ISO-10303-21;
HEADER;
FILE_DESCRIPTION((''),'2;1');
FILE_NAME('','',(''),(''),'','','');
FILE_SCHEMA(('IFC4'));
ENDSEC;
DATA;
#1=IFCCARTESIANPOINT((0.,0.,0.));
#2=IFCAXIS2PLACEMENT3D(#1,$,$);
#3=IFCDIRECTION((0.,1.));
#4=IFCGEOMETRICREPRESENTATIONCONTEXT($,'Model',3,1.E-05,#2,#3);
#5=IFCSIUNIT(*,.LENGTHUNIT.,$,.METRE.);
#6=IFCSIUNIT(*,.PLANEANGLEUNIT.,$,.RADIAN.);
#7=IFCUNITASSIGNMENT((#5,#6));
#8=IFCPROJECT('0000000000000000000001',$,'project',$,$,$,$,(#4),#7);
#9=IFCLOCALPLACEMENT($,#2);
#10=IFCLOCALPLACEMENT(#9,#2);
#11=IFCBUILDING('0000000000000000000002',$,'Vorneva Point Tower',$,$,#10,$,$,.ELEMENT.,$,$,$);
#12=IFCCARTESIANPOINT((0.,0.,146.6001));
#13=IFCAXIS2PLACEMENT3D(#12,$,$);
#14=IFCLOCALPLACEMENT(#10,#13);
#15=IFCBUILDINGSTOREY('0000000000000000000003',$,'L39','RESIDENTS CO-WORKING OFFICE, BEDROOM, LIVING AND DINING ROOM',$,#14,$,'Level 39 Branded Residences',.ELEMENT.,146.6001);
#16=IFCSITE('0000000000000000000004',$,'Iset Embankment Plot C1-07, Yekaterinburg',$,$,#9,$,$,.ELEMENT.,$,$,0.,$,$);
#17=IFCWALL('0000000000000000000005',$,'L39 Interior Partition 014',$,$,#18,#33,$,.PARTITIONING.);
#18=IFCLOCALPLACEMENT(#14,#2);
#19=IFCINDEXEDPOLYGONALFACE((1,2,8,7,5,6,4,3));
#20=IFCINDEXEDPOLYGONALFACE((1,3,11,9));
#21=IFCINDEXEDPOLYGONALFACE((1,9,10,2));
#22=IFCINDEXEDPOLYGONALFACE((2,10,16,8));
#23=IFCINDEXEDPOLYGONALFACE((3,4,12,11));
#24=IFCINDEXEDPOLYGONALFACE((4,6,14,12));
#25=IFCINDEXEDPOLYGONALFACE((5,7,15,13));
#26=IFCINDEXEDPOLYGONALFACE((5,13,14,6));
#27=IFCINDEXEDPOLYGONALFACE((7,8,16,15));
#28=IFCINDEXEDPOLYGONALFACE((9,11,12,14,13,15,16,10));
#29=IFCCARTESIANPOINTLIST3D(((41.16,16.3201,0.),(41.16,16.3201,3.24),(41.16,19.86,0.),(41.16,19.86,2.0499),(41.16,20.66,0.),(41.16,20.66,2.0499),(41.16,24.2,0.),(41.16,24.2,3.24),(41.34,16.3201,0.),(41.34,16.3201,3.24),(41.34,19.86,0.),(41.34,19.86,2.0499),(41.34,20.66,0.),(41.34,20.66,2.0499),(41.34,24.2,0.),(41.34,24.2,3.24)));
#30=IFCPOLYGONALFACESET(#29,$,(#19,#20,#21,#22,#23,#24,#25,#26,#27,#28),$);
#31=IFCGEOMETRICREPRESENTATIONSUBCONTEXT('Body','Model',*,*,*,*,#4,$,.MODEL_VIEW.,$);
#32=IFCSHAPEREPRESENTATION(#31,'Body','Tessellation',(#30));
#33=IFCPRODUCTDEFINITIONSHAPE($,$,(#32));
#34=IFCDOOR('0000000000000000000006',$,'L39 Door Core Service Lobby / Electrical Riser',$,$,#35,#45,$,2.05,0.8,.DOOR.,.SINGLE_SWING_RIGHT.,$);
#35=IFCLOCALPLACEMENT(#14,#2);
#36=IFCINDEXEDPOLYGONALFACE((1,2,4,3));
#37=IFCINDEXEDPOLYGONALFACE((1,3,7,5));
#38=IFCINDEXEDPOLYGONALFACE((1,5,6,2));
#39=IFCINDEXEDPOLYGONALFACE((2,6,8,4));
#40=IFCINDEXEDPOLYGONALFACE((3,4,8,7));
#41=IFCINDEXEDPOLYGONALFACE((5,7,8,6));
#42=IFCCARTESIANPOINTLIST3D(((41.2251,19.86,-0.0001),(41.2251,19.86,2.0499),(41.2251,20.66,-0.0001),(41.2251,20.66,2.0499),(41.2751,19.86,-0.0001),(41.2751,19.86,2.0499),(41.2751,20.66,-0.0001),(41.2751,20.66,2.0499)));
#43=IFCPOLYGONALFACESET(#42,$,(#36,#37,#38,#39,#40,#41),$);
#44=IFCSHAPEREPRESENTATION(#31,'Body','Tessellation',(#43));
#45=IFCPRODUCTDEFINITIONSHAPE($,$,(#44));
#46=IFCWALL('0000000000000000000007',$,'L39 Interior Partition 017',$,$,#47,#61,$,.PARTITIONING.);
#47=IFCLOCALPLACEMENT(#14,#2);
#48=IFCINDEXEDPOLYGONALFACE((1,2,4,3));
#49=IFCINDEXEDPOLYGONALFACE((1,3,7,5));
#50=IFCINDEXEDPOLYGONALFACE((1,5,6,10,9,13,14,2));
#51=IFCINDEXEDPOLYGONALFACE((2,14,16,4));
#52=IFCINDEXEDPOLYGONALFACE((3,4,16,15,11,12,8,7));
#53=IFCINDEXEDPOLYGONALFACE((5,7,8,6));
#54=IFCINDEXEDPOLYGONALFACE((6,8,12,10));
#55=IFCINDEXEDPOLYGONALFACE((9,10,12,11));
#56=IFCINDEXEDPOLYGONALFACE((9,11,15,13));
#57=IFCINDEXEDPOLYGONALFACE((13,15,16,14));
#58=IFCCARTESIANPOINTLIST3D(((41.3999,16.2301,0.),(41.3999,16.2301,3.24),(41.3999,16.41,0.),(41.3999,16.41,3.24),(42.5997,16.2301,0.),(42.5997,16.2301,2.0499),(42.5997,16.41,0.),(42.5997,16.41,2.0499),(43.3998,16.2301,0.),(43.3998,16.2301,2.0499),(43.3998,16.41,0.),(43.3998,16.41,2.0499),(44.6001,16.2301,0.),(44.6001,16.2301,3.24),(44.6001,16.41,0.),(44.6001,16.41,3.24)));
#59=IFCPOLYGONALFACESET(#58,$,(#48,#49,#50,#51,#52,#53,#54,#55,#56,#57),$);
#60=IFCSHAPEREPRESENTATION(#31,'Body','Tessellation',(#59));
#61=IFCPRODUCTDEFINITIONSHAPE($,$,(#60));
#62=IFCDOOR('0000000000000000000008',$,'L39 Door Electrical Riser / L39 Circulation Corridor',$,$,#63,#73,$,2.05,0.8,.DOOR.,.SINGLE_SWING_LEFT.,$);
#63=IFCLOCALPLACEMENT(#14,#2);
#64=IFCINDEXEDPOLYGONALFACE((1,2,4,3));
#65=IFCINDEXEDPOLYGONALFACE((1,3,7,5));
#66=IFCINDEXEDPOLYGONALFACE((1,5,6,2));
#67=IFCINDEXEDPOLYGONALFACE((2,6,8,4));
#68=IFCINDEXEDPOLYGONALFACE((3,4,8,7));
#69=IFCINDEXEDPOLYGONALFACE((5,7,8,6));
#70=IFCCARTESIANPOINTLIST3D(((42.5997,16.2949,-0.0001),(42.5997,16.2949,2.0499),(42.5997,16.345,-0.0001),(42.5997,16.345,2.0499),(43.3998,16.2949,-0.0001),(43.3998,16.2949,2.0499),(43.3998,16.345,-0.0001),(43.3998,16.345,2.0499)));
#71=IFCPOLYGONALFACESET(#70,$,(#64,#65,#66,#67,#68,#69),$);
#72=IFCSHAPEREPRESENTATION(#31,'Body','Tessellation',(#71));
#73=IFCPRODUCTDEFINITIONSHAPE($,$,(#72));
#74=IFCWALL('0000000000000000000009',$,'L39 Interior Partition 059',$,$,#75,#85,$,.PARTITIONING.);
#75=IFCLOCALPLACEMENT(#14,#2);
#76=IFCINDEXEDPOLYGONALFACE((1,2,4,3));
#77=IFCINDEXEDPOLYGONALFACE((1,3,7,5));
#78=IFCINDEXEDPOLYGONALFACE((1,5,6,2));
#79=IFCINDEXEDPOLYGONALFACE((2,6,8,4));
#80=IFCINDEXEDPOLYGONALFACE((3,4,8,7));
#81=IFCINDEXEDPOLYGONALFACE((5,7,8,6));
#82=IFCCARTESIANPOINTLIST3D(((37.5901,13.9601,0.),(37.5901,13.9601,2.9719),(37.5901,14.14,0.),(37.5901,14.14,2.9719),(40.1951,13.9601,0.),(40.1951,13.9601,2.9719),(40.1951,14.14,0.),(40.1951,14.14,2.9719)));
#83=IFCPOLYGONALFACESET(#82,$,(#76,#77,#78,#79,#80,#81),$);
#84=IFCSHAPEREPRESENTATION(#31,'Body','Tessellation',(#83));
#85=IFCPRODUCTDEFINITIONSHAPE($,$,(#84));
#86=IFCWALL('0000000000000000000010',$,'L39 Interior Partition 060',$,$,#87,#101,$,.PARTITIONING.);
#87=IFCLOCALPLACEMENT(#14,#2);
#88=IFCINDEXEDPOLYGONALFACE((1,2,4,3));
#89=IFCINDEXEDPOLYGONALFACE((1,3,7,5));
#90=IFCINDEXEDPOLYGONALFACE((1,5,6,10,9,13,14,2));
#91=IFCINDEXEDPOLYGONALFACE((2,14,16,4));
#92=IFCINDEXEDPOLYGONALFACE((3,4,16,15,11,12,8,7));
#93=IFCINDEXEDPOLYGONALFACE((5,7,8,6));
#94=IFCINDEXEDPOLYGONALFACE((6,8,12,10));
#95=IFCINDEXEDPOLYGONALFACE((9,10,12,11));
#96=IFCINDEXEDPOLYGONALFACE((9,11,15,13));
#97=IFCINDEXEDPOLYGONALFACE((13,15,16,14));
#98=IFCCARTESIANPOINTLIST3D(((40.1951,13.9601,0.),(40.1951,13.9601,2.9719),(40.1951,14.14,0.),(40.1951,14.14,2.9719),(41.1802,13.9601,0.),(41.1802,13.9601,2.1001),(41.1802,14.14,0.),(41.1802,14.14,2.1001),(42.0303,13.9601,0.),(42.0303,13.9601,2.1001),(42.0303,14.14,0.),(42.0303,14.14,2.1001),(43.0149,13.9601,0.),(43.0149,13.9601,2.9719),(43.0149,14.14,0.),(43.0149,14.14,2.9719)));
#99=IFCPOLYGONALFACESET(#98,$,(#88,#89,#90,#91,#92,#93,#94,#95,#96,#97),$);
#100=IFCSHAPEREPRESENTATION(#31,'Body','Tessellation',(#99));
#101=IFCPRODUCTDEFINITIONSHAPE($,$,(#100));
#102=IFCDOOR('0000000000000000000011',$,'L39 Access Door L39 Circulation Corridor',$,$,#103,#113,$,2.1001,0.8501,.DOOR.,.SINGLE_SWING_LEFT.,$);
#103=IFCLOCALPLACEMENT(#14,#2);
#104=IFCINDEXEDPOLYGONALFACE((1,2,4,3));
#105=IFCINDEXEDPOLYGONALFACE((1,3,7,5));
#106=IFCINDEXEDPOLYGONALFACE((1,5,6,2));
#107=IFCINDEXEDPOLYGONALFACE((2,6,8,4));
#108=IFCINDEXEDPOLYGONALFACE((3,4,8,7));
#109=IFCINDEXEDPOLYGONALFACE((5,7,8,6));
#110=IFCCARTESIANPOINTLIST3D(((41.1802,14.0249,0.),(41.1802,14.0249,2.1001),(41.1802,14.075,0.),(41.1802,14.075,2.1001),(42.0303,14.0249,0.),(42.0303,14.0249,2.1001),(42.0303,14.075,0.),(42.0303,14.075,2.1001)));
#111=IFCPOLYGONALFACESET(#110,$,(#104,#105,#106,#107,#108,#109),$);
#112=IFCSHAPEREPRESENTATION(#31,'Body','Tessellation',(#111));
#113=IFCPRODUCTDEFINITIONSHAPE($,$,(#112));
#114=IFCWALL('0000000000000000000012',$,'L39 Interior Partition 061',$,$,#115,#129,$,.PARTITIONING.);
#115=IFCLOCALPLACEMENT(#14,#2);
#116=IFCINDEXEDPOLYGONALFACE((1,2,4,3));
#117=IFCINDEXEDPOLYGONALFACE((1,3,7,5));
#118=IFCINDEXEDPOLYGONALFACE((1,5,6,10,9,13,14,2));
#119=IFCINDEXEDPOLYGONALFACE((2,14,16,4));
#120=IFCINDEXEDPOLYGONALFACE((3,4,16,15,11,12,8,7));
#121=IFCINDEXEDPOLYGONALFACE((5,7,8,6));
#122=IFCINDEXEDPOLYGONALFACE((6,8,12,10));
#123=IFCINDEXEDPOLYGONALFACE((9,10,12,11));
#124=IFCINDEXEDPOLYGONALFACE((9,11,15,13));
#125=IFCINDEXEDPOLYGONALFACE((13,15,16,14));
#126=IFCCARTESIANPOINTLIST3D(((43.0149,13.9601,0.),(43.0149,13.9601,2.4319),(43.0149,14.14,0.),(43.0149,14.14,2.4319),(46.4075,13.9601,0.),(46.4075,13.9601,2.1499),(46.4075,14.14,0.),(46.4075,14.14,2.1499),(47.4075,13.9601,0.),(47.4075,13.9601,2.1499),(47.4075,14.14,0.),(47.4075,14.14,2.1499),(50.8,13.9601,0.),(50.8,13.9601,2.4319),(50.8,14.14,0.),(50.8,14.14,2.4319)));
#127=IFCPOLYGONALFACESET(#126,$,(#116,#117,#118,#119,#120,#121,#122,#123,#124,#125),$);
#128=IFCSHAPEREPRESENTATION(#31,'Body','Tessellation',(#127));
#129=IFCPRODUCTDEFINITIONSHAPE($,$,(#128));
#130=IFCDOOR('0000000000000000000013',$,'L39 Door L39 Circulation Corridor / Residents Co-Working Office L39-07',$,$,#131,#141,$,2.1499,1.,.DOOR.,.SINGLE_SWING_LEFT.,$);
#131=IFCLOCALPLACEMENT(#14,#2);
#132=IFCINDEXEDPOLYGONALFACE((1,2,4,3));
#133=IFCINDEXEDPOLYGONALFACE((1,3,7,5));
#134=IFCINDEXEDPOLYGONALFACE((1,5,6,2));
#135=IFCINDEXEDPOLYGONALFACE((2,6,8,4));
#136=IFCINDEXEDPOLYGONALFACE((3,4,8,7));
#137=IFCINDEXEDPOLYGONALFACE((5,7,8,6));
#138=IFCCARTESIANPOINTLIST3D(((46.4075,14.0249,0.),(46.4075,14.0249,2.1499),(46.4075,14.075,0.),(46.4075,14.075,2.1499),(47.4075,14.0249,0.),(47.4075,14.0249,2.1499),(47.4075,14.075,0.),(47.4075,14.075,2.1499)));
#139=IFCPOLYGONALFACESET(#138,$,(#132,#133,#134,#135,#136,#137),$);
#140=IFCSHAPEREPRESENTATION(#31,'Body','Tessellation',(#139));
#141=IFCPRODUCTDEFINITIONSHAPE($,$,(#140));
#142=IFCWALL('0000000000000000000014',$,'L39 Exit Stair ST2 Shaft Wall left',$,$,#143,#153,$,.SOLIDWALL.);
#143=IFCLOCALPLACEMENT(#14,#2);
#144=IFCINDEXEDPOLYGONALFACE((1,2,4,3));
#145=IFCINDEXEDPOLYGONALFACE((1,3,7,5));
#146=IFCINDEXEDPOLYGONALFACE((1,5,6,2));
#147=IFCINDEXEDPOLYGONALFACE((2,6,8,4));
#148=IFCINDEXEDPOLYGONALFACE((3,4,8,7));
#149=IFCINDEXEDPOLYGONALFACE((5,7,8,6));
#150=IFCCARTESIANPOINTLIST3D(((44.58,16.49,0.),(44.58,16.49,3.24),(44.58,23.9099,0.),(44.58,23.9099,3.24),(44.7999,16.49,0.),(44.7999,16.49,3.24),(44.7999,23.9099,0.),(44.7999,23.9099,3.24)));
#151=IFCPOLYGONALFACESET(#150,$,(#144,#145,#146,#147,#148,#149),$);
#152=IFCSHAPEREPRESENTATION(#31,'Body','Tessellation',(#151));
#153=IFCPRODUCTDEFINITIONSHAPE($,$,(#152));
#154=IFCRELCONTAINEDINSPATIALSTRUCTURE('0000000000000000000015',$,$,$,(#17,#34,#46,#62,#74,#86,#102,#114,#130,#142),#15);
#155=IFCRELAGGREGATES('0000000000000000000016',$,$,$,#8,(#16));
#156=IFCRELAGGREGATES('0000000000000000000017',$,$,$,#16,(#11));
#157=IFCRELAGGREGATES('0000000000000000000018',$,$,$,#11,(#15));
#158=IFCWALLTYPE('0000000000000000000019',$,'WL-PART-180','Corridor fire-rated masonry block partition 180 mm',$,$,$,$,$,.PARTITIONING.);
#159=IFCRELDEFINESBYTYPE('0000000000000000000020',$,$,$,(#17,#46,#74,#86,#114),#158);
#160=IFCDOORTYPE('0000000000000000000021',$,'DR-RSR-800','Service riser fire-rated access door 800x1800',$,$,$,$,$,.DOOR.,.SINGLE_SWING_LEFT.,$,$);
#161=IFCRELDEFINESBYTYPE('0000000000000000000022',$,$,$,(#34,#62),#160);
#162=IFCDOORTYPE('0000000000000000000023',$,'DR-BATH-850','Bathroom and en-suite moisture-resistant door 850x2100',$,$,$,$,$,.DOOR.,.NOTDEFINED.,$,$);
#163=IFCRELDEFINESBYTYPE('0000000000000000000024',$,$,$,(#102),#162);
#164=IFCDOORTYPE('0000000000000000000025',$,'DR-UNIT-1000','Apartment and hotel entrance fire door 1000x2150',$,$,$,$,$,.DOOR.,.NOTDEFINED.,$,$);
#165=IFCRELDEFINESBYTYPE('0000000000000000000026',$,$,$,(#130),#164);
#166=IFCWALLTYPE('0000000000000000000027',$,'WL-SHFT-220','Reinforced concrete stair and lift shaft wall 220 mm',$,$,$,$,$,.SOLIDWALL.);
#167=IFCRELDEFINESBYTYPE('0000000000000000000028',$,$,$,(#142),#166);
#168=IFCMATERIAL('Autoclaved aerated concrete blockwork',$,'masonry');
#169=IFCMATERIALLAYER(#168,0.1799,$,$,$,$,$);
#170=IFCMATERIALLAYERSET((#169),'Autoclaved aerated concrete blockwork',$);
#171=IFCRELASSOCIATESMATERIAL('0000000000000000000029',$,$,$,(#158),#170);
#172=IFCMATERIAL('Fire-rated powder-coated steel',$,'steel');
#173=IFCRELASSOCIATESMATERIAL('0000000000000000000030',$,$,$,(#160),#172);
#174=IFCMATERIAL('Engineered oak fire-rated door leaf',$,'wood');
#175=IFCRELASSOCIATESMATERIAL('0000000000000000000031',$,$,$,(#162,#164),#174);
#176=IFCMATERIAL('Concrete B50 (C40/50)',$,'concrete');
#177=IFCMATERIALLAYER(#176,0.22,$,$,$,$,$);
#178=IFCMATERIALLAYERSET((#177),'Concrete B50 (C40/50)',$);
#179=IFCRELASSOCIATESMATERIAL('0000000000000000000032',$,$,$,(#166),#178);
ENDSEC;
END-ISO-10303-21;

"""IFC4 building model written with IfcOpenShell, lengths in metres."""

from ifc_helpers import new_model, si_unit, direction, frame, frame_2d, origin, place, context, subcontext, project, spatial, rectangle, extrude, material, layer, layer_set, type_object, element, fill, save


model = new_model("IFC4")

# Units and contexts
model_context = context("Model", 3, precision=1e-05, world=origin(), true_north=direction((0.0, 1.0)))
body_context = subcontext(model_context, "Body", "Model", "MODEL_VIEW")
ifc_project = project(units=[si_unit("LENGTHUNIT", "METRE"), si_unit("PLANEANGLEUNIT", "RADIAN")], contexts=[model_context])

# Site, building, storey
site_placement = place(None, origin())
site = spatial("IfcSite", under=ifc_project, at=site_placement, Name="Iset Embankment Plot C1-07, Yekaterinburg", CompositionType="ELEMENT", RefElevation=0.0)
building_placement = place(site_placement, origin())
building = spatial("IfcBuilding", under=site, at=building_placement, Name="Vorneva Point Tower", CompositionType="ELEMENT")
storey_placement = place(building_placement, frame((0.0, 0.0, 146.6001)))
storey = spatial("IfcBuildingStorey", under=building, at=storey_placement, Name="L39", Description="RESIDENTS CO-WORKING OFFICE, BEDROOM, LIVING AND DINING ROOM", LongName="Level 39 Branded Residences", CompositionType="ELEMENT", Elevation=146.6001)

# Shared definitions
ifc_material_1 = material(Name="Engineered oak fire-rated door leaf", Category="wood")

# Walls, openings, doors
ifc_material_2 = material(Name="Autoclaved aerated concrete blockwork", Category="masonry")
ifc_layer_1 = layer(ifc_material_2, 0.1799)
ifc_layer_set_1 = layer_set([ifc_layer_1], Name="Autoclaved aerated concrete blockwork")
wall_type_1 = type_object("IfcWallType", Name="WL-PART-180", Description="Corridor fire-rated masonry block partition 180 mm", PredefinedType="PARTITIONING", material=ifc_layer_set_1)
wall_1_placement = place(storey_placement, frame((41.25, 16.3201, 0.0), z_axis=(0.0, 0.0, 1.0), x_axis=(0.0, 1.0, 0.0)))
wall_1 = element("IfcWall", 1, at=wall_1_placement, inside=storey, type_object=wall_type_1, Name="L39 Interior Partition 014", PredefinedType="PARTITIONING", context=body_context, shape_type="SweptSolid", body=[
    extrude(rectangle(XDim=7.8799, YDim=0.1799, at=frame_2d((3.9399, 0.0))), origin(), (0.0, 0.0, 1.0), 3.24),
])
opening_1_placement = place(wall_1_placement, frame((3.54, 0.0, 0.0)))
opening_1 = element("IfcOpeningElement", 2, at=opening_1_placement, cuts=wall_1, PredefinedType="OPENING", context=body_context, shape_type="SweptSolid", body=[
    extrude(rectangle(XDim=0.8, YDim=2.05, at=frame_2d((0.3999, 1.0249))), frame((0.0, 0.105, 0.0), z_axis=(0.0, -1.0, 0.0), x_axis=(1.0, 0.0, 0.0)), (0.0, 0.0, 1.0), 0.2097),
])
ifc_material_3 = material(Name="Fire-rated powder-coated steel", Category="steel")
door_type_1 = type_object("IfcDoorType", Name="DR-RSR-800", Description="Service riser fire-rated access door 800x1800", OperationType="SINGLE_SWING_LEFT", PredefinedType="DOOR", material=ifc_material_3)
door_1_placement = place(opening_1_placement, origin())
door_1 = element("IfcDoor", 3, at=door_1_placement, inside=storey, type_object=door_type_1, Name="L39 Door Core Service Lobby / Electrical Riser", OperationType="SINGLE_SWING_RIGHT", OverallHeight=2.05, OverallWidth=0.8, PredefinedType="DOOR", context=body_context, shape_type="SweptSolid", body=[
    extrude(rectangle(XDim=0.8, YDim=2.05, at=frame_2d((0.3999, 1.0249))), frame((0.0, 0.0249, 0.0), z_axis=(0.0, -1.0, 0.0), x_axis=(1.0, 0.0, 0.0)), (0.0, 0.0, 1.0), 0.05),
])
fill(opening_1, door_1)
wall_2_placement = place(storey_placement, frame((41.3999, 16.3201, 0.0), z_axis=(0.0, 0.0, 1.0), x_axis=(1.0, 0.0, 0.0)))
wall_2 = element("IfcWall", 4, at=wall_2_placement, inside=storey, type_object=wall_type_1, Name="L39 Interior Partition 017", PredefinedType="PARTITIONING", context=body_context, shape_type="SweptSolid", body=[
    extrude(rectangle(XDim=3.2002, YDim=0.1799, at=frame_2d((1.6001, 0.0))), origin(), (0.0, 0.0, 1.0), 3.24),
])
opening_2_placement = place(wall_2_placement, frame((1.2, 0.0, 0.0)))
opening_2 = element("IfcOpeningElement", 5, at=opening_2_placement, cuts=wall_2, PredefinedType="OPENING", context=body_context, shape_type="SweptSolid", body=[
    extrude(rectangle(XDim=0.8, YDim=2.05, at=frame_2d((0.3999, 1.0249))), frame((0.0, 0.105, 0.0), z_axis=(0.0, -1.0, 0.0), x_axis=(1.0, 0.0, 0.0)), (0.0, 0.0, 1.0), 0.2097),
])
door_2_placement = place(opening_2_placement, origin())
door_2 = element("IfcDoor", 6, at=door_2_placement, inside=storey, type_object=door_type_1, Name="L39 Door Electrical Riser / L39 Circulation Corridor", OperationType="SINGLE_SWING_LEFT", OverallHeight=2.05, OverallWidth=0.8, PredefinedType="DOOR", context=body_context, shape_type="SweptSolid", body=[
    extrude(rectangle(XDim=0.8, YDim=2.05, at=frame_2d((0.3999, 1.0249))), frame((0.0, 0.0249, 0.0), z_axis=(0.0, -1.0, 0.0), x_axis=(1.0, 0.0, 0.0)), (0.0, 0.0, 1.0), 0.05),
])
fill(opening_2, door_2)

# Wall
wall_3_placement = place(storey_placement, frame((37.5901, 14.05, 0.0), z_axis=(0.0, 0.0, 1.0), x_axis=(1.0, 0.0, 0.0)))
element("IfcWall", 7, at=wall_3_placement, inside=storey, type_object=wall_type_1, Name="L39 Interior Partition 059", PredefinedType="PARTITIONING", context=body_context, shape_type="SweptSolid", body=[
    extrude(rectangle(XDim=2.605, YDim=0.1799, at=frame_2d((1.3025, 0.0))), origin(), (0.0, 0.0, 1.0), 2.9719),
])

# Walls, openings, doors
wall_4_placement = place(storey_placement, frame((40.1951, 14.05, 0.0), z_axis=(0.0, 0.0, 1.0), x_axis=(1.0, 0.0, 0.0)))
wall_4 = element("IfcWall", 8, at=wall_4_placement, inside=storey, type_object=wall_type_1, Name="L39 Interior Partition 060", PredefinedType="PARTITIONING", context=body_context, shape_type="SweptSolid", body=[
    extrude(rectangle(XDim=2.8198, YDim=0.1799, at=frame_2d((1.4099, 0.0))), origin(), (0.0, 0.0, 1.0), 2.9719),
])
opening_3_placement = place(wall_4_placement, frame((0.9851, 0.0, 0.0)))
opening_3 = element("IfcOpeningElement", 9, at=opening_3_placement, cuts=wall_4, PredefinedType="OPENING", context=body_context, shape_type="SweptSolid", body=[
    extrude(rectangle(XDim=0.8501, YDim=2.1001, at=frame_2d((0.425, 1.05))), frame((0.0, 0.105, 0.0), z_axis=(0.0, -1.0, 0.0), x_axis=(1.0, 0.0, 0.0)), (0.0, 0.0, 1.0), 0.2097),
])
door_type_2 = type_object("IfcDoorType", Name="DR-BATH-850", Description="Bathroom and en-suite moisture-resistant door 850x2100", OperationType="NOTDEFINED", PredefinedType="DOOR", material=ifc_material_1)
door_3_placement = place(opening_3_placement, origin())
door_3 = element("IfcDoor", 10, at=door_3_placement, inside=storey, type_object=door_type_2, Name="L39 Access Door L39 Circulation Corridor", OperationType="SINGLE_SWING_LEFT", OverallHeight=2.1001, OverallWidth=0.8501, PredefinedType="DOOR", context=body_context, shape_type="SweptSolid", body=[
    extrude(rectangle(XDim=0.8501, YDim=2.1001, at=frame_2d((0.425, 1.05))), frame((0.0, 0.0249, 0.0), z_axis=(0.0, -1.0, 0.0), x_axis=(1.0, 0.0, 0.0)), (0.0, 0.0, 1.0), 0.05),
])
fill(opening_3, door_3)
wall_5_placement = place(storey_placement, frame((43.0149, 14.05, 0.0), z_axis=(0.0, 0.0, 1.0), x_axis=(1.0, 0.0, 0.0)))
wall_5 = element("IfcWall", 11, at=wall_5_placement, inside=storey, type_object=wall_type_1, Name="L39 Interior Partition 061", PredefinedType="PARTITIONING", context=body_context, shape_type="SweptSolid", body=[
    extrude(rectangle(XDim=7.7852, YDim=0.1799, at=frame_2d((3.8926, 0.0))), origin(), (0.0, 0.0, 1.0), 2.4319),
])
opening_4_placement = place(wall_5_placement, frame((3.3926, 0.0, 0.0)))
opening_4 = element("IfcOpeningElement", 12, at=opening_4_placement, cuts=wall_5, PredefinedType="OPENING", context=body_context, shape_type="SweptSolid", body=[
    extrude(rectangle(XDim=1.0, YDim=2.1499, at=frame_2d((0.5, 1.075))), frame((0.0, 0.105, 0.0), z_axis=(0.0, -1.0, 0.0), x_axis=(1.0, 0.0, 0.0)), (0.0, 0.0, 1.0), 0.2097),
])
door_type_3 = type_object("IfcDoorType", Name="DR-UNIT-1000", Description="Apartment and hotel entrance fire door 1000x2150", OperationType="NOTDEFINED", PredefinedType="DOOR", material=ifc_material_1)
door_4_placement = place(opening_4_placement, origin())
door_4 = element("IfcDoor", 13, at=door_4_placement, inside=storey, type_object=door_type_3, Name="L39 Door L39 Circulation Corridor / Residents Co-Working Office L39-07", OperationType="SINGLE_SWING_LEFT", OverallHeight=2.1499, OverallWidth=1.0, PredefinedType="DOOR", context=body_context, shape_type="SweptSolid", body=[
    extrude(rectangle(XDim=1.0, YDim=2.1499, at=frame_2d((0.5, 1.075))), frame((0.0, 0.0249, 0.0), z_axis=(0.0, -1.0, 0.0), x_axis=(1.0, 0.0, 0.0)), (0.0, 0.0, 1.0), 0.05),
])
fill(opening_4, door_4)

# Wall
ifc_material_4 = material(Name="Concrete B50 (C40/50)", Category="concrete")
ifc_layer_2 = layer(ifc_material_4, 0.22)
ifc_layer_set_2 = layer_set([ifc_layer_2], Name="Concrete B50 (C40/50)")
wall_type_2 = type_object("IfcWallType", Name="WL-SHFT-220", Description="Reinforced concrete stair and lift shaft wall 220 mm", PredefinedType="SOLIDWALL", material=ifc_layer_set_2)
wall_6_placement = place(storey_placement, frame((44.6899, 16.49, 0.0), z_axis=(0.0, 0.0, 1.0), x_axis=(0.0, 1.0, 0.0)))
element("IfcWall", 14, at=wall_6_placement, inside=storey, type_object=wall_type_2, Name="L39 Exit Stair ST2 Shaft Wall left", PredefinedType="SOLIDWALL", context=body_context, shape_type="SweptSolid", body=[
    extrude(rectangle(XDim=7.4199, YDim=0.22, at=frame_2d((3.71, 0.0))), origin(), (0.0, 0.0, 1.0), 3.24),
])

save(model, "model.ifc")
